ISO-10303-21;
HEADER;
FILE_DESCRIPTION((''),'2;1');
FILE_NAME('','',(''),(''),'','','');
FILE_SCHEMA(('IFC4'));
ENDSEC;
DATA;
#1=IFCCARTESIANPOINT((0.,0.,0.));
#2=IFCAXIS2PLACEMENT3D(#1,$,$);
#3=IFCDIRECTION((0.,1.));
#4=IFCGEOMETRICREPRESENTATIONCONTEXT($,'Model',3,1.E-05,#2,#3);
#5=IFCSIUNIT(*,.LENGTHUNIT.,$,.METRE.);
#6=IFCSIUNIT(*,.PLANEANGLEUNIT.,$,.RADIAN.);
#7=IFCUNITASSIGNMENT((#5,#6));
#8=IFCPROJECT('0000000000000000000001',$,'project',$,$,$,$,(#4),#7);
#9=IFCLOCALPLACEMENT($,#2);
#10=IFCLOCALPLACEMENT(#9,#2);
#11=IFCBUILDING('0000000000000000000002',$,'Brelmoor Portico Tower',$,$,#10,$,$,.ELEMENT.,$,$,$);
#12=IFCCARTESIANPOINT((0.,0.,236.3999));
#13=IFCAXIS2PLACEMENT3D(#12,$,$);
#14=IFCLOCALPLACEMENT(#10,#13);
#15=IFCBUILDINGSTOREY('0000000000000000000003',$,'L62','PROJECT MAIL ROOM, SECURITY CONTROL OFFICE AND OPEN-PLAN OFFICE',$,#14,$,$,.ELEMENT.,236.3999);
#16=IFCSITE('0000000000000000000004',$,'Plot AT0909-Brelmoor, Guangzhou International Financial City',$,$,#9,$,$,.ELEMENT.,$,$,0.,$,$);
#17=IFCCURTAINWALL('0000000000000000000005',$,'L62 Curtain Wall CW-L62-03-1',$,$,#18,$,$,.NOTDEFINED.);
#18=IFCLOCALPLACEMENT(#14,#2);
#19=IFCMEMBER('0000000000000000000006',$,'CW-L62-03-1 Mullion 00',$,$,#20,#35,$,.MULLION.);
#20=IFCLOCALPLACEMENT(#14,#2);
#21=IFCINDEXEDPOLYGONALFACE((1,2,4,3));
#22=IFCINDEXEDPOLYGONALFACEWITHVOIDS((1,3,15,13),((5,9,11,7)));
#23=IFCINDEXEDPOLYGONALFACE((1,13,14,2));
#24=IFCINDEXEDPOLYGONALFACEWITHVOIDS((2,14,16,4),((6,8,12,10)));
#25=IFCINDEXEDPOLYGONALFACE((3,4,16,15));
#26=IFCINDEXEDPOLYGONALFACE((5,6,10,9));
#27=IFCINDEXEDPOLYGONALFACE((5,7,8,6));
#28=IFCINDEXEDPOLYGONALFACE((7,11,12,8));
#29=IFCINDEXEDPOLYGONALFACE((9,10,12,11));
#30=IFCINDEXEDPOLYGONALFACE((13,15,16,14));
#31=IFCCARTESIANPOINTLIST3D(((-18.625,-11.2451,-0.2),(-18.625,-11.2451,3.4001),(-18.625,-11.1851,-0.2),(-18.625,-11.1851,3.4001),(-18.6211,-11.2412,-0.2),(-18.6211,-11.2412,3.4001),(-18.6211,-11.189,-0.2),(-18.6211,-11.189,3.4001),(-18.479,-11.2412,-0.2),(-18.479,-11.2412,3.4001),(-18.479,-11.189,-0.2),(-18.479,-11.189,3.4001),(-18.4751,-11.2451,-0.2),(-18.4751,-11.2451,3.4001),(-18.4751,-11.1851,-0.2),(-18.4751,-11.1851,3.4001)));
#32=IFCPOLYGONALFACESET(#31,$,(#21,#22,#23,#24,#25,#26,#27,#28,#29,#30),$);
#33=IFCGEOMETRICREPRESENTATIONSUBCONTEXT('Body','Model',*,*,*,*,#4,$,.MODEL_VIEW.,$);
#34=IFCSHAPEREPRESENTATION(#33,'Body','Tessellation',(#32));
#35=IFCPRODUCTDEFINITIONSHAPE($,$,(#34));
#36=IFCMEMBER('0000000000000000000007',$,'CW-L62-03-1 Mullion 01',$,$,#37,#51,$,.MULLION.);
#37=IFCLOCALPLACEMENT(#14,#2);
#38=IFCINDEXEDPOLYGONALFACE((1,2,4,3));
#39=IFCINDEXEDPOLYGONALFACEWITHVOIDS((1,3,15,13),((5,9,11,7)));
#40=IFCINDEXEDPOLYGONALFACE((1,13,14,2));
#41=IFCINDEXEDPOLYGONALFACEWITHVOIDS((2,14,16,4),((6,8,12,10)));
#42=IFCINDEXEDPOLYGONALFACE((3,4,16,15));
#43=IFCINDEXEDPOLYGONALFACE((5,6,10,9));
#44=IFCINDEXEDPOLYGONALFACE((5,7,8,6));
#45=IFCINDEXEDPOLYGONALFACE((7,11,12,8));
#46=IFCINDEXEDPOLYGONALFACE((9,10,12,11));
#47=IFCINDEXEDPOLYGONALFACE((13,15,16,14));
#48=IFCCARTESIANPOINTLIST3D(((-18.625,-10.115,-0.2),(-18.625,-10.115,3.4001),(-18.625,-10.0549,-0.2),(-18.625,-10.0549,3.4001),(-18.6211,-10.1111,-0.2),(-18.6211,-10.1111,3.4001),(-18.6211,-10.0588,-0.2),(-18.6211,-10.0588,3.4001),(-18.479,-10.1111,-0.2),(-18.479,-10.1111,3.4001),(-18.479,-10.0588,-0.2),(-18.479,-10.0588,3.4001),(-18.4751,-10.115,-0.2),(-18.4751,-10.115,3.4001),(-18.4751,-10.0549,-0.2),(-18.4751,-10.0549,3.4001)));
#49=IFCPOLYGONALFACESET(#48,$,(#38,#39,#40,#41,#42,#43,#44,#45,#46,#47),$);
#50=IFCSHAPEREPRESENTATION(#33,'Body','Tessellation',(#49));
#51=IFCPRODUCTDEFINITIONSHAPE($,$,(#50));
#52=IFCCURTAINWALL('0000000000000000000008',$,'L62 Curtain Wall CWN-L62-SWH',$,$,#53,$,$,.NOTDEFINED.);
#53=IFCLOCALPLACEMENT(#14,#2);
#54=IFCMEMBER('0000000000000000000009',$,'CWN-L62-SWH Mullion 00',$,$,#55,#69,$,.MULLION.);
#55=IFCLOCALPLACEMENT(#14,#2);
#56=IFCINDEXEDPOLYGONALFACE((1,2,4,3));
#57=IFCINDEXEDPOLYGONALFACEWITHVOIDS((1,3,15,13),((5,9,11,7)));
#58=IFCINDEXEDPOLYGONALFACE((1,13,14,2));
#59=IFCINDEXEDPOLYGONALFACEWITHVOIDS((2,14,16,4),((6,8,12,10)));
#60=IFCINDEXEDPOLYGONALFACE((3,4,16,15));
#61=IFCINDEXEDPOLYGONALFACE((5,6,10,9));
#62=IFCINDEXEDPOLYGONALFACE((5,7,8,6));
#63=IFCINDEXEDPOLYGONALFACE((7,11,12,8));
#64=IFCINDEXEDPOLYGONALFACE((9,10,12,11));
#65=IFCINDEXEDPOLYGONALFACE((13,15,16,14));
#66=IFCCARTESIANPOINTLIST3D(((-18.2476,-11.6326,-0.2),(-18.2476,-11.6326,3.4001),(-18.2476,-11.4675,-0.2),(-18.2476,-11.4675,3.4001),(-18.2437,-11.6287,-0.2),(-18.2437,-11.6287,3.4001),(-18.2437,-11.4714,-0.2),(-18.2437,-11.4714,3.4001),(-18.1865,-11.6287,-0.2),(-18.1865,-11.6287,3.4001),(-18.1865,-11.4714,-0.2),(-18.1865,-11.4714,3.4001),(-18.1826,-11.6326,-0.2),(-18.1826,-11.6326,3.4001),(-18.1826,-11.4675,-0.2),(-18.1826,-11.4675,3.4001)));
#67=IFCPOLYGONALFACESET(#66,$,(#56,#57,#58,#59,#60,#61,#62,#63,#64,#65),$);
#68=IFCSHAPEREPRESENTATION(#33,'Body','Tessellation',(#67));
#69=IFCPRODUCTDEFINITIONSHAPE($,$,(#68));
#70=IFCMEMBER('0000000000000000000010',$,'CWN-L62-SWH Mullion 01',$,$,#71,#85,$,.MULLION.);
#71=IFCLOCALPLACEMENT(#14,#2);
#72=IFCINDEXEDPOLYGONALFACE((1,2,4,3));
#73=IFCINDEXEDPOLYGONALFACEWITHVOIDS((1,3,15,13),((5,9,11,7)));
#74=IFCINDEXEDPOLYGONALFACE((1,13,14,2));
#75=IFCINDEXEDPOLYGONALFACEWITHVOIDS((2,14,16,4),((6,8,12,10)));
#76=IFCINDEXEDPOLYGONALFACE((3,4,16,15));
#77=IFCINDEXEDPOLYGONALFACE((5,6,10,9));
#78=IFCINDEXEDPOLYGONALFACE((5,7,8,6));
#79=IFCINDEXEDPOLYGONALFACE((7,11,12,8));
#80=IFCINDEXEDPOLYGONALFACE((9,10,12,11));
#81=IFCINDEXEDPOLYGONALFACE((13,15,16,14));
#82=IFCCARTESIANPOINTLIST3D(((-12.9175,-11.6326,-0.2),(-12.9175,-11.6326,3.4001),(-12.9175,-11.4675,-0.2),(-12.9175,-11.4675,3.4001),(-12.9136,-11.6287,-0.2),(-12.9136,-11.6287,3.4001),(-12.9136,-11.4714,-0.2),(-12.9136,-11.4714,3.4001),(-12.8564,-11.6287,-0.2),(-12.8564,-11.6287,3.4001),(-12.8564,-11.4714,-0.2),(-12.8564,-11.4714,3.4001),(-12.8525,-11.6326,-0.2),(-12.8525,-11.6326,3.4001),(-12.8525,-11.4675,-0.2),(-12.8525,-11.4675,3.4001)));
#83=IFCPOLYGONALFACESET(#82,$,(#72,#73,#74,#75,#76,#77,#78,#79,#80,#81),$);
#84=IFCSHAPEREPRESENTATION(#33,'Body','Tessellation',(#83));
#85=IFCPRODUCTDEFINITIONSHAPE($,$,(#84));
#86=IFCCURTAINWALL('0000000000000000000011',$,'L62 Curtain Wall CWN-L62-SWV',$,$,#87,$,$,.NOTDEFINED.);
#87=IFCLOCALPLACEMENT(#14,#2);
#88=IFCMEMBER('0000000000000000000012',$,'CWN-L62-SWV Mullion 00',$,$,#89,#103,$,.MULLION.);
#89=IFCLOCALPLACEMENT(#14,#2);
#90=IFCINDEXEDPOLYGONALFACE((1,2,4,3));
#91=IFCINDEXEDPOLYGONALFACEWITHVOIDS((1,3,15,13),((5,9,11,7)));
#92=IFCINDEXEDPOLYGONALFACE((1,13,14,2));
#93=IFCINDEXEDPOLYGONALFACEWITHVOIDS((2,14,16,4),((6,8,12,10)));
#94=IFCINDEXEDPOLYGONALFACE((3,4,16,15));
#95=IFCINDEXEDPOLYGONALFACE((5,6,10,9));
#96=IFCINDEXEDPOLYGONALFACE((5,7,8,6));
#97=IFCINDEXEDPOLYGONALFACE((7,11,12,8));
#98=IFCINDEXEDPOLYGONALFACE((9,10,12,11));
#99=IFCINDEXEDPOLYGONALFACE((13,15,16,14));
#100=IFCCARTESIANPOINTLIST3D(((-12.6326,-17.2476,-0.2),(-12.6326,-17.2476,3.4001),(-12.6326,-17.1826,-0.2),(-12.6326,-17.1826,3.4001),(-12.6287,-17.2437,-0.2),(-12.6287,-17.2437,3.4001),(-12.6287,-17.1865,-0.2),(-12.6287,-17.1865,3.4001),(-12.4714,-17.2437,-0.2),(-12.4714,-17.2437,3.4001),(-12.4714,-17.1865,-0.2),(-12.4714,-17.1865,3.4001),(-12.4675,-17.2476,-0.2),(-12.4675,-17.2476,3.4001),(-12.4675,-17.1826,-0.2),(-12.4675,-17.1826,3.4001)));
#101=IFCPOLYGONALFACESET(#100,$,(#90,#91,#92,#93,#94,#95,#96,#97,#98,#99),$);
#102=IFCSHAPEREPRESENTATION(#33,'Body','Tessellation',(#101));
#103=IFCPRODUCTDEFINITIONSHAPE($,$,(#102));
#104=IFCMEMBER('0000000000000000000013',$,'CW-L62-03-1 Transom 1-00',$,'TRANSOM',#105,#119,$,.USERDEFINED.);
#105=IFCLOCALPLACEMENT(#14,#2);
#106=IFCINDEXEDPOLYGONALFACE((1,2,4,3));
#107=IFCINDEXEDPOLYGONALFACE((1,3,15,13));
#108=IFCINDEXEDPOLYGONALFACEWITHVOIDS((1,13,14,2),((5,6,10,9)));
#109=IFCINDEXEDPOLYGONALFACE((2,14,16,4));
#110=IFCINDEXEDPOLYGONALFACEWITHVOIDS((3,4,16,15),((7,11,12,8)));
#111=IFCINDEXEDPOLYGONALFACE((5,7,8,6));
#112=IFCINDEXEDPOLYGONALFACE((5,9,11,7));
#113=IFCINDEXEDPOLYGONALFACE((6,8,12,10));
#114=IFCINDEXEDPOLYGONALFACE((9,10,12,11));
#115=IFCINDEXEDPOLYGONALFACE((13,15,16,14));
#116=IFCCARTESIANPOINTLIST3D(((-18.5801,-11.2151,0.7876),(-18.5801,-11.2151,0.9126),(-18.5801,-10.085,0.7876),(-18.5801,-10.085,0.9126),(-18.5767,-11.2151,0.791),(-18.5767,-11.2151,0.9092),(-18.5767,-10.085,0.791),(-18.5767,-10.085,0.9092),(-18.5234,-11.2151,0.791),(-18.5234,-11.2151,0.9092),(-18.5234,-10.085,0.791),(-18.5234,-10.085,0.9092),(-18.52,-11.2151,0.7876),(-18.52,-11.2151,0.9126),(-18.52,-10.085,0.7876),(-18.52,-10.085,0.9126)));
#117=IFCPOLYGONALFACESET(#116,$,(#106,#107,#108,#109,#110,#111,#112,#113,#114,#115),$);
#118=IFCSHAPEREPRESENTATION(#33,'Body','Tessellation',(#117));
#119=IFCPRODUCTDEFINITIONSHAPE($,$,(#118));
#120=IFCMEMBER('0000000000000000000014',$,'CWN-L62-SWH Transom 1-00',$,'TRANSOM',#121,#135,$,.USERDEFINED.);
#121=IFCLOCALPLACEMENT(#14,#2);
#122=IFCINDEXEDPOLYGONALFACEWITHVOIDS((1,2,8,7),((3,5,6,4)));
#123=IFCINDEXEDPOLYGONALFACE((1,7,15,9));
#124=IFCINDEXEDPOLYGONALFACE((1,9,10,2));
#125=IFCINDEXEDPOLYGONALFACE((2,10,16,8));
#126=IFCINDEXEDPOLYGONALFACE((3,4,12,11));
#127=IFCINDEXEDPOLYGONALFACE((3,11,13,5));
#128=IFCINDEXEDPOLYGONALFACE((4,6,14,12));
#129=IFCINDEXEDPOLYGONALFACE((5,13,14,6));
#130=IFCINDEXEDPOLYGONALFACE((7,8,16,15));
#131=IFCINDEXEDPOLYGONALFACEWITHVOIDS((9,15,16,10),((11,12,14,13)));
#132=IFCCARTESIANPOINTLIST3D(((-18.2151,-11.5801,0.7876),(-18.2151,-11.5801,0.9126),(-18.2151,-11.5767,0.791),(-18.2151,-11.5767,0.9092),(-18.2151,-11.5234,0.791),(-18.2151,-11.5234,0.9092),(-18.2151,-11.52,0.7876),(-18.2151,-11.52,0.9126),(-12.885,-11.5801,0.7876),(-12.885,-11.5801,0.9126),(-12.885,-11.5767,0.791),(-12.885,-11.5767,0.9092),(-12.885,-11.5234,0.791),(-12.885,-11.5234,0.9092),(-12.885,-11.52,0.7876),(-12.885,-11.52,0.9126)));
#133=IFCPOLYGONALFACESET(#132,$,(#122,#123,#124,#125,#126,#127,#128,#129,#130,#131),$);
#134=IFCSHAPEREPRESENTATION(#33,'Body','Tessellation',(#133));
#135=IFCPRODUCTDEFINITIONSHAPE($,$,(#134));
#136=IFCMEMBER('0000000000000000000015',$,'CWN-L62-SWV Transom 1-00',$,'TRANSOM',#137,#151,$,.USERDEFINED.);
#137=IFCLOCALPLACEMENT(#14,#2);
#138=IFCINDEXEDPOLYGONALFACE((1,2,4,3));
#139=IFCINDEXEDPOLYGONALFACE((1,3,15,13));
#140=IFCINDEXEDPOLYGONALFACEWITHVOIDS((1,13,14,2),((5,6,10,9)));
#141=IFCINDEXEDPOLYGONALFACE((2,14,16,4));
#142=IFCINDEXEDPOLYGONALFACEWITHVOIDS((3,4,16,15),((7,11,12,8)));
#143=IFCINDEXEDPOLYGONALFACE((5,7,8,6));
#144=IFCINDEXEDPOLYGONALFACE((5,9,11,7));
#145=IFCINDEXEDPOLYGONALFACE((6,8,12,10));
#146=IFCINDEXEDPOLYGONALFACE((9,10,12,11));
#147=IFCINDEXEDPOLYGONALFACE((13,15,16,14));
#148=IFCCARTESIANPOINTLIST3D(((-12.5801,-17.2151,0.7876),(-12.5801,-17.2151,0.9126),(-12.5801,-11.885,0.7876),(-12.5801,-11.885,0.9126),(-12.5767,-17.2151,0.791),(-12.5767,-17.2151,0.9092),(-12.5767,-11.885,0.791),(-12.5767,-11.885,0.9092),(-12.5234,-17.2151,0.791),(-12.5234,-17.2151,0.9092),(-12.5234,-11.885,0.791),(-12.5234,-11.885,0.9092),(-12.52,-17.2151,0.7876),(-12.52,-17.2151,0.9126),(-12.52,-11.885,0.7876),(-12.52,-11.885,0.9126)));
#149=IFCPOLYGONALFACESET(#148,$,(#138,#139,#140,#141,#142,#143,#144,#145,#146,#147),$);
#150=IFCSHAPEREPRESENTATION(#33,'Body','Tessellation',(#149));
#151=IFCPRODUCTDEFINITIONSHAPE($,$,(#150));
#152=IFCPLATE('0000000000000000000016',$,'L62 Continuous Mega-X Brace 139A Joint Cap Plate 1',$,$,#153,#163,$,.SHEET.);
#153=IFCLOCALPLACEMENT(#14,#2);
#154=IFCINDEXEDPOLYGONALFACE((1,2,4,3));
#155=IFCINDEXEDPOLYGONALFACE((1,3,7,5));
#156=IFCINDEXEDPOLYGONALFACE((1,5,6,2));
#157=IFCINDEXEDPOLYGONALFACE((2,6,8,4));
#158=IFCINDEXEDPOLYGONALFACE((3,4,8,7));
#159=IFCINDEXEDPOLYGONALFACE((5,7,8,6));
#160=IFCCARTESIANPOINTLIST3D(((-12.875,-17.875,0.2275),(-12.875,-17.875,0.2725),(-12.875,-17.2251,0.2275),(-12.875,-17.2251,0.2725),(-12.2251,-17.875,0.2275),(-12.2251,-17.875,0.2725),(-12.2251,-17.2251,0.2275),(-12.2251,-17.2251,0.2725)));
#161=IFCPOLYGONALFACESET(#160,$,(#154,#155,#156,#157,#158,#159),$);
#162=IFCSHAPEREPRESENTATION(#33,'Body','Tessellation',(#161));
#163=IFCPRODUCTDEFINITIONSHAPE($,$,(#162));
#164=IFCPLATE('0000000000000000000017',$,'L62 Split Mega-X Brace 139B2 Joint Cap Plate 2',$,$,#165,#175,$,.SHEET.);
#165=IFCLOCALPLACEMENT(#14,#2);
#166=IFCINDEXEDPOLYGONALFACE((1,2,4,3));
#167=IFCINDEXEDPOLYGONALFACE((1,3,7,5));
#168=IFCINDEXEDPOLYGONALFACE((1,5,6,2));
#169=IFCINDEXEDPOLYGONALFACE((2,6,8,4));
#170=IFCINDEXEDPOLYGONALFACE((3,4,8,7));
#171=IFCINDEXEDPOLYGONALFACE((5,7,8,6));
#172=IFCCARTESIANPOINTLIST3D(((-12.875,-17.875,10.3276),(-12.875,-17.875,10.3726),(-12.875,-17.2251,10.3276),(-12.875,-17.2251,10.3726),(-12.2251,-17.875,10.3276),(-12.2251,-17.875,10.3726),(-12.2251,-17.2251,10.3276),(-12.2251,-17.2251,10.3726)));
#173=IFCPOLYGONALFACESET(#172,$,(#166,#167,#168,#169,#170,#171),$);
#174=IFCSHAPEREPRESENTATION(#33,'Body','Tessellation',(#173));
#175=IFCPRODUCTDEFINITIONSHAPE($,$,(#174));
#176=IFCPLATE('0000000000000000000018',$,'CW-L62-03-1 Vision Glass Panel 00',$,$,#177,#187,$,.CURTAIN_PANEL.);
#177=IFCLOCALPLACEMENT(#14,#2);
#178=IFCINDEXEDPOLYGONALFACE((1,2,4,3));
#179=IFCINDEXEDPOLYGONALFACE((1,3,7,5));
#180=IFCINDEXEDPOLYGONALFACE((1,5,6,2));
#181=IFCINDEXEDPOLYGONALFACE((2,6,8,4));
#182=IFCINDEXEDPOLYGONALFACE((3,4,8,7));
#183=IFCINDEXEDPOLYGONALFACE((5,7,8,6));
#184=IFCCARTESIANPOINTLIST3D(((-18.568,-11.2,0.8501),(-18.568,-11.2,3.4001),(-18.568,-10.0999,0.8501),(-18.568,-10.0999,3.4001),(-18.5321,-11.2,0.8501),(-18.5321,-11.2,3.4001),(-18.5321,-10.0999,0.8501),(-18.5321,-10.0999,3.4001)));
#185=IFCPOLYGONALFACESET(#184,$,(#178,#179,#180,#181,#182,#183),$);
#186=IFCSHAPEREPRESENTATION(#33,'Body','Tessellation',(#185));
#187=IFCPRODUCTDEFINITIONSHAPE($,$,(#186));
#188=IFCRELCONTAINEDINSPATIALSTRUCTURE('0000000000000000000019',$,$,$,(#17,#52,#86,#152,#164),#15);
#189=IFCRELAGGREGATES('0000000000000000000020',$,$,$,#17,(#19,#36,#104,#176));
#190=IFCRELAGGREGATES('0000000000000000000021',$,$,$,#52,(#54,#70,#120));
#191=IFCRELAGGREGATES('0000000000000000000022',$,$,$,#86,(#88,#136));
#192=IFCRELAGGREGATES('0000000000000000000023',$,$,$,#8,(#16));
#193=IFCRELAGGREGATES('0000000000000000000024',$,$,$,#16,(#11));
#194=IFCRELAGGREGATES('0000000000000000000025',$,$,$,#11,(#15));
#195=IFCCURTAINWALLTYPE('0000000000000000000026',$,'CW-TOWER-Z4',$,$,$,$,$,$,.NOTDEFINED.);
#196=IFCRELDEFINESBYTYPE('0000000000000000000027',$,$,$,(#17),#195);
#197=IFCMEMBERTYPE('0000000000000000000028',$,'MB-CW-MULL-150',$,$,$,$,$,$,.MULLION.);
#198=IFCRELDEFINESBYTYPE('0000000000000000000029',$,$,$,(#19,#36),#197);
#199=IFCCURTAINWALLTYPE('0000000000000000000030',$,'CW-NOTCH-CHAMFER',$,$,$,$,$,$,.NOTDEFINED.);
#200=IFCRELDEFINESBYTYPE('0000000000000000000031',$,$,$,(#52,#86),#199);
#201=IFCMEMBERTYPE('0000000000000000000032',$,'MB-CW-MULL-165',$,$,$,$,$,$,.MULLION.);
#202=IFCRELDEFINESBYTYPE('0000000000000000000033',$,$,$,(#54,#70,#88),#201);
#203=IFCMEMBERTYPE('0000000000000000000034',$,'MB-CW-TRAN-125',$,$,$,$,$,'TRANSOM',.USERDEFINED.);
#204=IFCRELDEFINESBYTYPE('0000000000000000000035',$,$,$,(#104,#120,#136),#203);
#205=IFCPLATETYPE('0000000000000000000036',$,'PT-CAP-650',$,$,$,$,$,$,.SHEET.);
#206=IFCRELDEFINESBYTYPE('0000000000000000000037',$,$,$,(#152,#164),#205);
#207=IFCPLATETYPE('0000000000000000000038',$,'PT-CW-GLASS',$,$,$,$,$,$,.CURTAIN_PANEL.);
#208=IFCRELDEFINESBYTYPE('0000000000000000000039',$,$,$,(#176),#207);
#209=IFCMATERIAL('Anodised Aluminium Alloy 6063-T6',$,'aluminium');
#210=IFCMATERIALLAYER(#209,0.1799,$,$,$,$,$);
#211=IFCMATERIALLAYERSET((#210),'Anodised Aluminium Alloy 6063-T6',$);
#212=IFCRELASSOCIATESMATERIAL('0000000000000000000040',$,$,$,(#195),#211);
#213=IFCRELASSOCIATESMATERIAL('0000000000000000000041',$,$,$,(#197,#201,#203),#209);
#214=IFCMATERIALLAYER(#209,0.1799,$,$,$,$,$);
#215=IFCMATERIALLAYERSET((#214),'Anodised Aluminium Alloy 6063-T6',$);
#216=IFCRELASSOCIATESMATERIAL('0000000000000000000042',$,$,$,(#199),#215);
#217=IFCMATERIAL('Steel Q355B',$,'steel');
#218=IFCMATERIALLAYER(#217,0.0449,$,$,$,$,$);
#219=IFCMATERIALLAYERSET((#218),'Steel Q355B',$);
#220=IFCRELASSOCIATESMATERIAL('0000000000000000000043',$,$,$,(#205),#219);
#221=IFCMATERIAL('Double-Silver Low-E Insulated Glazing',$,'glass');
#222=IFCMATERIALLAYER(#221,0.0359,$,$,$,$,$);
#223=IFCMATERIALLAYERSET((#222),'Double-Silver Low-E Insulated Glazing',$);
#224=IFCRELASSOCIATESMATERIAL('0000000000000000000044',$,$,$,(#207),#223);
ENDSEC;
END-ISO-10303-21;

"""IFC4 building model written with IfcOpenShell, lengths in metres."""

from ifc_helpers import new_model, si_unit, direction, frame, origin, origin_2d, place, context, subcontext, project, spatial, rectangle, hollow_rectangle, extrude, material, layer, layer_set, material_profile, profile_set, type_object, element, aggregate, save


model = new_model("IFC4")

# Units and contexts
model_context = context("Model", 3, precision=1e-05, world=origin(), true_north=direction((0.0, 1.0)))
body_context = subcontext(model_context, "Body", "Model", "MODEL_VIEW")
ifc_project = project(units=[si_unit("LENGTHUNIT", "METRE"), si_unit("PLANEANGLEUNIT", "RADIAN")], contexts=[model_context])

# Site, building, storey
site_placement = place(None, origin())
site = spatial("IfcSite", under=ifc_project, at=site_placement, Name="Plot AT0909-Brelmoor, Guangzhou International Financial City", CompositionType="ELEMENT", RefElevation=0.0)
building_placement = place(site_placement, origin())
building = spatial("IfcBuilding", under=site, at=building_placement, Name="Brelmoor Portico Tower", CompositionType="ELEMENT")
storey_placement = place(building_placement, frame((0.0, 0.0, 236.3999)))
storey = spatial("IfcBuildingStorey", under=building, at=storey_placement, Name="L62", Description="PROJECT MAIL ROOM, SECURITY CONTROL OFFICE AND OPEN-PLAN OFFICE", CompositionType="ELEMENT", Elevation=236.3999)

# Shared definitions
ifc_material_1 = material(Name="Steel Q355B", Category="steel")

# Curtain walls, members
ifc_material_2 = material(Name="Anodised Aluminium Alloy 6063-T6", Category="aluminium")
ifc_layer_1 = layer(ifc_material_2, 0.1799)
ifc_layer_set_1 = layer_set([ifc_layer_1], Name="Anodised Aluminium Alloy 6063-T6")
curtain_wall_type_1 = type_object("IfcCurtainWallType", Name="CW-TOWER-Z4", PredefinedType="NOTDEFINED", material=ifc_layer_set_1)
curtain_wall_1_placement = place(storey_placement, origin())
curtain_wall_1 = element("IfcCurtainWall", 1, at=curtain_wall_1_placement, inside=storey, type_object=curtain_wall_type_1, Name="L62 Curtain Wall CW-L62-03-1", PredefinedType="NOTDEFINED")
ifc_material_profile_1 = material_profile(ifc_material_2, hollow_rectangle(XDim=0.0601, YDim=0.1499, WallThickness=0.0039, at=origin_2d()), Name="ALU MULLION 60x150")
ifc_profile_set_1 = profile_set([ifc_material_profile_1], Name="Anodised Aluminium Alloy 6063-T6")
member_type_1 = type_object("IfcMemberType", Name="MB-CW-MULL-150", PredefinedType="MULLION", material=ifc_profile_set_1)
member_1_placement = place(storey_placement, frame((-18.55, -11.2151, -0.2), z_axis=(0.0, 0.0, 1.0), x_axis=(0.0, 1.0, 0.0)))
member_1 = element("IfcMember", 2, at=member_1_placement, type_object=member_type_1, Name="CW-L62-03-1 Mullion 00", PredefinedType="MULLION", context=body_context, shape_type="SweptSolid", body=[
    extrude(hollow_rectangle(XDim=0.0601, YDim=0.1499, WallThickness=0.0039, at=origin_2d()), origin(), (0.0, 0.0, 1.0), 3.6001),
])
member_2_placement = place(storey_placement, frame((-18.55, -10.085, -0.2), z_axis=(0.0, 0.0, 1.0), x_axis=(0.0, 1.0, 0.0)))
member_2 = element("IfcMember", 3, at=member_2_placement, type_object=member_type_1, Name="CW-L62-03-1 Mullion 01", PredefinedType="MULLION", context=body_context, shape_type="SweptSolid", body=[
    extrude(hollow_rectangle(XDim=0.0601, YDim=0.1499, WallThickness=0.0039, at=origin_2d()), origin(), (0.0, 0.0, 1.0), 3.6001),
])
ifc_layer_2 = layer(ifc_material_2, 0.1799)
ifc_layer_set_2 = layer_set([ifc_layer_2], Name="Anodised Aluminium Alloy 6063-T6")
curtain_wall_type_2 = type_object("IfcCurtainWallType", Name="CW-NOTCH-CHAMFER", PredefinedType="NOTDEFINED", material=ifc_layer_set_2)
curtain_wall_2_placement = place(storey_placement, origin())
curtain_wall_2 = element("IfcCurtainWall", 4, at=curtain_wall_2_placement, inside=storey, type_object=curtain_wall_type_2, Name="L62 Curtain Wall CWN-L62-SWH", PredefinedType="NOTDEFINED")
ifc_material_profile_2 = material_profile(ifc_material_2, hollow_rectangle(XDim=0.0649, YDim=0.165, WallThickness=0.0039, at=origin_2d()), Name="ALU MULLION 65x165")
ifc_profile_set_2 = profile_set([ifc_material_profile_2], Name="Anodised Aluminium Alloy 6063-T6")
member_type_2 = type_object("IfcMemberType", Name="MB-CW-MULL-165", PredefinedType="MULLION", material=ifc_profile_set_2)
member_3_placement = place(storey_placement, frame((-18.2151, -11.55, -0.2), z_axis=(0.0, 0.0, 1.0), x_axis=(1.0, 0.0, 0.0)))
member_3 = element("IfcMember", 5, at=member_3_placement, type_object=member_type_2, Name="CWN-L62-SWH Mullion 00", PredefinedType="MULLION", context=body_context, shape_type="SweptSolid", body=[
    extrude(hollow_rectangle(XDim=0.0649, YDim=0.165, WallThickness=0.0039, at=origin_2d()), origin(), (0.0, 0.0, 1.0), 3.6001),
])
member_4_placement = place(storey_placement, frame((-12.885, -11.55, -0.2), z_axis=(0.0, 0.0, 1.0), x_axis=(1.0, 0.0, 0.0)))
member_4 = element("IfcMember", 6, at=member_4_placement, type_object=member_type_2, Name="CWN-L62-SWH Mullion 01", PredefinedType="MULLION", context=body_context, shape_type="SweptSolid", body=[
    extrude(hollow_rectangle(XDim=0.0649, YDim=0.165, WallThickness=0.0039, at=origin_2d()), origin(), (0.0, 0.0, 1.0), 3.6001),
])

# Curtain wall, member
curtain_wall_3_placement = place(storey_placement, origin())
curtain_wall_3 = element("IfcCurtainWall", 7, at=curtain_wall_3_placement, inside=storey, type_object=curtain_wall_type_2, Name="L62 Curtain Wall CWN-L62-SWV", PredefinedType="NOTDEFINED")
member_5_placement = place(storey_placement, frame((-12.55, -17.2151, -0.2), z_axis=(0.0, 0.0, 1.0), x_axis=(0.0, 1.0, 0.0)))
member_5 = element("IfcMember", 8, at=member_5_placement, type_object=member_type_2, Name="CWN-L62-SWV Mullion 00", PredefinedType="MULLION", context=body_context, shape_type="SweptSolid", body=[
    extrude(hollow_rectangle(XDim=0.0649, YDim=0.165, WallThickness=0.0039, at=origin_2d()), origin(), (0.0, 0.0, 1.0), 3.6001),
])

# Members
ifc_material_profile_3 = material_profile(ifc_material_2, hollow_rectangle(XDim=0.0601, YDim=0.125, WallThickness=0.0034, at=origin_2d()), Name="ALU TRANSOM 60x125")
ifc_profile_set_3 = profile_set([ifc_material_profile_3], Name="Anodised Aluminium Alloy 6063-T6")
member_type_3 = type_object("IfcMemberType", Name="MB-CW-TRAN-125", ElementType="TRANSOM", PredefinedType="USERDEFINED", material=ifc_profile_set_3)
member_6_placement = place(storey_placement, frame((-18.55, -11.2151, 0.8501), z_axis=(0.0, 1.0, 0.0), x_axis=(-1.0, 0.0, 0.0)))
member_6 = element("IfcMember", 9, at=member_6_placement, type_object=member_type_3, Name="CW-L62-03-1 Transom 1-00", ObjectType="TRANSOM", PredefinedType="USERDEFINED", context=body_context, shape_type="SweptSolid", body=[
    extrude(hollow_rectangle(XDim=0.0601, YDim=0.125, WallThickness=0.0034, at=origin_2d()), origin(), (0.0, 0.0, 1.0), 1.1301),
])
member_7_placement = place(storey_placement, frame((-18.2151, -11.55, 0.8501), z_axis=(1.0, 0.0, 0.0), x_axis=(0.0, 1.0, 0.0)))
member_7 = element("IfcMember", 10, at=member_7_placement, type_object=member_type_3, Name="CWN-L62-SWH Transom 1-00", ObjectType="TRANSOM", PredefinedType="USERDEFINED", context=body_context, shape_type="SweptSolid", body=[
    extrude(hollow_rectangle(XDim=0.0601, YDim=0.125, WallThickness=0.0034, at=origin_2d()), origin(), (0.0, 0.0, 1.0), 5.3301),
])
member_8_placement = place(storey_placement, frame((-12.55, -17.2151, 0.8501), z_axis=(0.0, 1.0, 0.0), x_axis=(-1.0, 0.0, 0.0)))
member_8 = element("IfcMember", 11, at=member_8_placement, type_object=member_type_3, Name="CWN-L62-SWV Transom 1-00", ObjectType="TRANSOM", PredefinedType="USERDEFINED", context=body_context, shape_type="SweptSolid", body=[
    extrude(hollow_rectangle(XDim=0.0601, YDim=0.125, WallThickness=0.0034, at=origin_2d()), origin(), (0.0, 0.0, 1.0), 5.3301),
])

# Plates
ifc_layer_3 = layer(ifc_material_1, 0.0449)
ifc_layer_set_3 = layer_set([ifc_layer_3], Name="Steel Q355B")
plate_type_1 = type_object("IfcPlateType", Name="PT-CAP-650", PredefinedType="SHEET", material=ifc_layer_set_3)
for number, where, z_axis, x_axis, name in (
    (12, (-12.55, -17.55, 0.2275), (0.0, 0.0, 1.0), (1.0, 0.0, 0.0), "L62 Continuous Mega-X Brace 139A Joint Cap Plate 1"),
    (13, (-12.55, -17.55, 10.3276), (0.0, 0.0, 1.0), (1.0, 0.0, 0.0), "L62 Split Mega-X Brace 139B2 Joint Cap Plate 2"),
):
    element("IfcPlate", number, at=place(storey_placement, frame(where, z_axis=z_axis, x_axis=x_axis)), inside=storey, type_object=plate_type_1, Name=name, PredefinedType="SHEET", context=body_context, shape_type="SweptSolid", body=[
        extrude(rectangle(XDim=0.6499, YDim=0.6499, at=origin_2d()), origin(), (0.0, 0.0, 1.0), 0.0449),
    ])

# Plate
ifc_material_3 = material(Name="Double-Silver Low-E Insulated Glazing", Category="glass")
ifc_layer_4 = layer(ifc_material_3, 0.0359)
ifc_layer_set_4 = layer_set([ifc_layer_4], Name="Double-Silver Low-E Insulated Glazing")
plate_type_2 = type_object("IfcPlateType", Name="PT-CW-GLASS", PredefinedType="CURTAIN_PANEL", material=ifc_layer_set_4)
plate_1_placement = place(storey_placement, frame((-18.55, -10.6499, 0.8501), z_axis=(0.0, 0.0, 1.0), x_axis=(0.0, 1.0, 0.0)))
plate_1 = element("IfcPlate", 14, at=plate_1_placement, type_object=plate_type_2, Name="CW-L62-03-1 Vision Glass Panel 00", PredefinedType="CURTAIN_PANEL", context=body_context, shape_type="SweptSolid", body=[
    extrude(rectangle(XDim=1.1001, YDim=0.0359, at=origin_2d()), origin(), (0.0, 0.0, 1.0), 2.55),
])
aggregate(curtain_wall_1, [member_1, member_2, member_6, plate_1])
aggregate(curtain_wall_2, [member_3, member_4, member_7])
aggregate(curtain_wall_3, [member_5, member_8])

save(model, "model.ifc")
